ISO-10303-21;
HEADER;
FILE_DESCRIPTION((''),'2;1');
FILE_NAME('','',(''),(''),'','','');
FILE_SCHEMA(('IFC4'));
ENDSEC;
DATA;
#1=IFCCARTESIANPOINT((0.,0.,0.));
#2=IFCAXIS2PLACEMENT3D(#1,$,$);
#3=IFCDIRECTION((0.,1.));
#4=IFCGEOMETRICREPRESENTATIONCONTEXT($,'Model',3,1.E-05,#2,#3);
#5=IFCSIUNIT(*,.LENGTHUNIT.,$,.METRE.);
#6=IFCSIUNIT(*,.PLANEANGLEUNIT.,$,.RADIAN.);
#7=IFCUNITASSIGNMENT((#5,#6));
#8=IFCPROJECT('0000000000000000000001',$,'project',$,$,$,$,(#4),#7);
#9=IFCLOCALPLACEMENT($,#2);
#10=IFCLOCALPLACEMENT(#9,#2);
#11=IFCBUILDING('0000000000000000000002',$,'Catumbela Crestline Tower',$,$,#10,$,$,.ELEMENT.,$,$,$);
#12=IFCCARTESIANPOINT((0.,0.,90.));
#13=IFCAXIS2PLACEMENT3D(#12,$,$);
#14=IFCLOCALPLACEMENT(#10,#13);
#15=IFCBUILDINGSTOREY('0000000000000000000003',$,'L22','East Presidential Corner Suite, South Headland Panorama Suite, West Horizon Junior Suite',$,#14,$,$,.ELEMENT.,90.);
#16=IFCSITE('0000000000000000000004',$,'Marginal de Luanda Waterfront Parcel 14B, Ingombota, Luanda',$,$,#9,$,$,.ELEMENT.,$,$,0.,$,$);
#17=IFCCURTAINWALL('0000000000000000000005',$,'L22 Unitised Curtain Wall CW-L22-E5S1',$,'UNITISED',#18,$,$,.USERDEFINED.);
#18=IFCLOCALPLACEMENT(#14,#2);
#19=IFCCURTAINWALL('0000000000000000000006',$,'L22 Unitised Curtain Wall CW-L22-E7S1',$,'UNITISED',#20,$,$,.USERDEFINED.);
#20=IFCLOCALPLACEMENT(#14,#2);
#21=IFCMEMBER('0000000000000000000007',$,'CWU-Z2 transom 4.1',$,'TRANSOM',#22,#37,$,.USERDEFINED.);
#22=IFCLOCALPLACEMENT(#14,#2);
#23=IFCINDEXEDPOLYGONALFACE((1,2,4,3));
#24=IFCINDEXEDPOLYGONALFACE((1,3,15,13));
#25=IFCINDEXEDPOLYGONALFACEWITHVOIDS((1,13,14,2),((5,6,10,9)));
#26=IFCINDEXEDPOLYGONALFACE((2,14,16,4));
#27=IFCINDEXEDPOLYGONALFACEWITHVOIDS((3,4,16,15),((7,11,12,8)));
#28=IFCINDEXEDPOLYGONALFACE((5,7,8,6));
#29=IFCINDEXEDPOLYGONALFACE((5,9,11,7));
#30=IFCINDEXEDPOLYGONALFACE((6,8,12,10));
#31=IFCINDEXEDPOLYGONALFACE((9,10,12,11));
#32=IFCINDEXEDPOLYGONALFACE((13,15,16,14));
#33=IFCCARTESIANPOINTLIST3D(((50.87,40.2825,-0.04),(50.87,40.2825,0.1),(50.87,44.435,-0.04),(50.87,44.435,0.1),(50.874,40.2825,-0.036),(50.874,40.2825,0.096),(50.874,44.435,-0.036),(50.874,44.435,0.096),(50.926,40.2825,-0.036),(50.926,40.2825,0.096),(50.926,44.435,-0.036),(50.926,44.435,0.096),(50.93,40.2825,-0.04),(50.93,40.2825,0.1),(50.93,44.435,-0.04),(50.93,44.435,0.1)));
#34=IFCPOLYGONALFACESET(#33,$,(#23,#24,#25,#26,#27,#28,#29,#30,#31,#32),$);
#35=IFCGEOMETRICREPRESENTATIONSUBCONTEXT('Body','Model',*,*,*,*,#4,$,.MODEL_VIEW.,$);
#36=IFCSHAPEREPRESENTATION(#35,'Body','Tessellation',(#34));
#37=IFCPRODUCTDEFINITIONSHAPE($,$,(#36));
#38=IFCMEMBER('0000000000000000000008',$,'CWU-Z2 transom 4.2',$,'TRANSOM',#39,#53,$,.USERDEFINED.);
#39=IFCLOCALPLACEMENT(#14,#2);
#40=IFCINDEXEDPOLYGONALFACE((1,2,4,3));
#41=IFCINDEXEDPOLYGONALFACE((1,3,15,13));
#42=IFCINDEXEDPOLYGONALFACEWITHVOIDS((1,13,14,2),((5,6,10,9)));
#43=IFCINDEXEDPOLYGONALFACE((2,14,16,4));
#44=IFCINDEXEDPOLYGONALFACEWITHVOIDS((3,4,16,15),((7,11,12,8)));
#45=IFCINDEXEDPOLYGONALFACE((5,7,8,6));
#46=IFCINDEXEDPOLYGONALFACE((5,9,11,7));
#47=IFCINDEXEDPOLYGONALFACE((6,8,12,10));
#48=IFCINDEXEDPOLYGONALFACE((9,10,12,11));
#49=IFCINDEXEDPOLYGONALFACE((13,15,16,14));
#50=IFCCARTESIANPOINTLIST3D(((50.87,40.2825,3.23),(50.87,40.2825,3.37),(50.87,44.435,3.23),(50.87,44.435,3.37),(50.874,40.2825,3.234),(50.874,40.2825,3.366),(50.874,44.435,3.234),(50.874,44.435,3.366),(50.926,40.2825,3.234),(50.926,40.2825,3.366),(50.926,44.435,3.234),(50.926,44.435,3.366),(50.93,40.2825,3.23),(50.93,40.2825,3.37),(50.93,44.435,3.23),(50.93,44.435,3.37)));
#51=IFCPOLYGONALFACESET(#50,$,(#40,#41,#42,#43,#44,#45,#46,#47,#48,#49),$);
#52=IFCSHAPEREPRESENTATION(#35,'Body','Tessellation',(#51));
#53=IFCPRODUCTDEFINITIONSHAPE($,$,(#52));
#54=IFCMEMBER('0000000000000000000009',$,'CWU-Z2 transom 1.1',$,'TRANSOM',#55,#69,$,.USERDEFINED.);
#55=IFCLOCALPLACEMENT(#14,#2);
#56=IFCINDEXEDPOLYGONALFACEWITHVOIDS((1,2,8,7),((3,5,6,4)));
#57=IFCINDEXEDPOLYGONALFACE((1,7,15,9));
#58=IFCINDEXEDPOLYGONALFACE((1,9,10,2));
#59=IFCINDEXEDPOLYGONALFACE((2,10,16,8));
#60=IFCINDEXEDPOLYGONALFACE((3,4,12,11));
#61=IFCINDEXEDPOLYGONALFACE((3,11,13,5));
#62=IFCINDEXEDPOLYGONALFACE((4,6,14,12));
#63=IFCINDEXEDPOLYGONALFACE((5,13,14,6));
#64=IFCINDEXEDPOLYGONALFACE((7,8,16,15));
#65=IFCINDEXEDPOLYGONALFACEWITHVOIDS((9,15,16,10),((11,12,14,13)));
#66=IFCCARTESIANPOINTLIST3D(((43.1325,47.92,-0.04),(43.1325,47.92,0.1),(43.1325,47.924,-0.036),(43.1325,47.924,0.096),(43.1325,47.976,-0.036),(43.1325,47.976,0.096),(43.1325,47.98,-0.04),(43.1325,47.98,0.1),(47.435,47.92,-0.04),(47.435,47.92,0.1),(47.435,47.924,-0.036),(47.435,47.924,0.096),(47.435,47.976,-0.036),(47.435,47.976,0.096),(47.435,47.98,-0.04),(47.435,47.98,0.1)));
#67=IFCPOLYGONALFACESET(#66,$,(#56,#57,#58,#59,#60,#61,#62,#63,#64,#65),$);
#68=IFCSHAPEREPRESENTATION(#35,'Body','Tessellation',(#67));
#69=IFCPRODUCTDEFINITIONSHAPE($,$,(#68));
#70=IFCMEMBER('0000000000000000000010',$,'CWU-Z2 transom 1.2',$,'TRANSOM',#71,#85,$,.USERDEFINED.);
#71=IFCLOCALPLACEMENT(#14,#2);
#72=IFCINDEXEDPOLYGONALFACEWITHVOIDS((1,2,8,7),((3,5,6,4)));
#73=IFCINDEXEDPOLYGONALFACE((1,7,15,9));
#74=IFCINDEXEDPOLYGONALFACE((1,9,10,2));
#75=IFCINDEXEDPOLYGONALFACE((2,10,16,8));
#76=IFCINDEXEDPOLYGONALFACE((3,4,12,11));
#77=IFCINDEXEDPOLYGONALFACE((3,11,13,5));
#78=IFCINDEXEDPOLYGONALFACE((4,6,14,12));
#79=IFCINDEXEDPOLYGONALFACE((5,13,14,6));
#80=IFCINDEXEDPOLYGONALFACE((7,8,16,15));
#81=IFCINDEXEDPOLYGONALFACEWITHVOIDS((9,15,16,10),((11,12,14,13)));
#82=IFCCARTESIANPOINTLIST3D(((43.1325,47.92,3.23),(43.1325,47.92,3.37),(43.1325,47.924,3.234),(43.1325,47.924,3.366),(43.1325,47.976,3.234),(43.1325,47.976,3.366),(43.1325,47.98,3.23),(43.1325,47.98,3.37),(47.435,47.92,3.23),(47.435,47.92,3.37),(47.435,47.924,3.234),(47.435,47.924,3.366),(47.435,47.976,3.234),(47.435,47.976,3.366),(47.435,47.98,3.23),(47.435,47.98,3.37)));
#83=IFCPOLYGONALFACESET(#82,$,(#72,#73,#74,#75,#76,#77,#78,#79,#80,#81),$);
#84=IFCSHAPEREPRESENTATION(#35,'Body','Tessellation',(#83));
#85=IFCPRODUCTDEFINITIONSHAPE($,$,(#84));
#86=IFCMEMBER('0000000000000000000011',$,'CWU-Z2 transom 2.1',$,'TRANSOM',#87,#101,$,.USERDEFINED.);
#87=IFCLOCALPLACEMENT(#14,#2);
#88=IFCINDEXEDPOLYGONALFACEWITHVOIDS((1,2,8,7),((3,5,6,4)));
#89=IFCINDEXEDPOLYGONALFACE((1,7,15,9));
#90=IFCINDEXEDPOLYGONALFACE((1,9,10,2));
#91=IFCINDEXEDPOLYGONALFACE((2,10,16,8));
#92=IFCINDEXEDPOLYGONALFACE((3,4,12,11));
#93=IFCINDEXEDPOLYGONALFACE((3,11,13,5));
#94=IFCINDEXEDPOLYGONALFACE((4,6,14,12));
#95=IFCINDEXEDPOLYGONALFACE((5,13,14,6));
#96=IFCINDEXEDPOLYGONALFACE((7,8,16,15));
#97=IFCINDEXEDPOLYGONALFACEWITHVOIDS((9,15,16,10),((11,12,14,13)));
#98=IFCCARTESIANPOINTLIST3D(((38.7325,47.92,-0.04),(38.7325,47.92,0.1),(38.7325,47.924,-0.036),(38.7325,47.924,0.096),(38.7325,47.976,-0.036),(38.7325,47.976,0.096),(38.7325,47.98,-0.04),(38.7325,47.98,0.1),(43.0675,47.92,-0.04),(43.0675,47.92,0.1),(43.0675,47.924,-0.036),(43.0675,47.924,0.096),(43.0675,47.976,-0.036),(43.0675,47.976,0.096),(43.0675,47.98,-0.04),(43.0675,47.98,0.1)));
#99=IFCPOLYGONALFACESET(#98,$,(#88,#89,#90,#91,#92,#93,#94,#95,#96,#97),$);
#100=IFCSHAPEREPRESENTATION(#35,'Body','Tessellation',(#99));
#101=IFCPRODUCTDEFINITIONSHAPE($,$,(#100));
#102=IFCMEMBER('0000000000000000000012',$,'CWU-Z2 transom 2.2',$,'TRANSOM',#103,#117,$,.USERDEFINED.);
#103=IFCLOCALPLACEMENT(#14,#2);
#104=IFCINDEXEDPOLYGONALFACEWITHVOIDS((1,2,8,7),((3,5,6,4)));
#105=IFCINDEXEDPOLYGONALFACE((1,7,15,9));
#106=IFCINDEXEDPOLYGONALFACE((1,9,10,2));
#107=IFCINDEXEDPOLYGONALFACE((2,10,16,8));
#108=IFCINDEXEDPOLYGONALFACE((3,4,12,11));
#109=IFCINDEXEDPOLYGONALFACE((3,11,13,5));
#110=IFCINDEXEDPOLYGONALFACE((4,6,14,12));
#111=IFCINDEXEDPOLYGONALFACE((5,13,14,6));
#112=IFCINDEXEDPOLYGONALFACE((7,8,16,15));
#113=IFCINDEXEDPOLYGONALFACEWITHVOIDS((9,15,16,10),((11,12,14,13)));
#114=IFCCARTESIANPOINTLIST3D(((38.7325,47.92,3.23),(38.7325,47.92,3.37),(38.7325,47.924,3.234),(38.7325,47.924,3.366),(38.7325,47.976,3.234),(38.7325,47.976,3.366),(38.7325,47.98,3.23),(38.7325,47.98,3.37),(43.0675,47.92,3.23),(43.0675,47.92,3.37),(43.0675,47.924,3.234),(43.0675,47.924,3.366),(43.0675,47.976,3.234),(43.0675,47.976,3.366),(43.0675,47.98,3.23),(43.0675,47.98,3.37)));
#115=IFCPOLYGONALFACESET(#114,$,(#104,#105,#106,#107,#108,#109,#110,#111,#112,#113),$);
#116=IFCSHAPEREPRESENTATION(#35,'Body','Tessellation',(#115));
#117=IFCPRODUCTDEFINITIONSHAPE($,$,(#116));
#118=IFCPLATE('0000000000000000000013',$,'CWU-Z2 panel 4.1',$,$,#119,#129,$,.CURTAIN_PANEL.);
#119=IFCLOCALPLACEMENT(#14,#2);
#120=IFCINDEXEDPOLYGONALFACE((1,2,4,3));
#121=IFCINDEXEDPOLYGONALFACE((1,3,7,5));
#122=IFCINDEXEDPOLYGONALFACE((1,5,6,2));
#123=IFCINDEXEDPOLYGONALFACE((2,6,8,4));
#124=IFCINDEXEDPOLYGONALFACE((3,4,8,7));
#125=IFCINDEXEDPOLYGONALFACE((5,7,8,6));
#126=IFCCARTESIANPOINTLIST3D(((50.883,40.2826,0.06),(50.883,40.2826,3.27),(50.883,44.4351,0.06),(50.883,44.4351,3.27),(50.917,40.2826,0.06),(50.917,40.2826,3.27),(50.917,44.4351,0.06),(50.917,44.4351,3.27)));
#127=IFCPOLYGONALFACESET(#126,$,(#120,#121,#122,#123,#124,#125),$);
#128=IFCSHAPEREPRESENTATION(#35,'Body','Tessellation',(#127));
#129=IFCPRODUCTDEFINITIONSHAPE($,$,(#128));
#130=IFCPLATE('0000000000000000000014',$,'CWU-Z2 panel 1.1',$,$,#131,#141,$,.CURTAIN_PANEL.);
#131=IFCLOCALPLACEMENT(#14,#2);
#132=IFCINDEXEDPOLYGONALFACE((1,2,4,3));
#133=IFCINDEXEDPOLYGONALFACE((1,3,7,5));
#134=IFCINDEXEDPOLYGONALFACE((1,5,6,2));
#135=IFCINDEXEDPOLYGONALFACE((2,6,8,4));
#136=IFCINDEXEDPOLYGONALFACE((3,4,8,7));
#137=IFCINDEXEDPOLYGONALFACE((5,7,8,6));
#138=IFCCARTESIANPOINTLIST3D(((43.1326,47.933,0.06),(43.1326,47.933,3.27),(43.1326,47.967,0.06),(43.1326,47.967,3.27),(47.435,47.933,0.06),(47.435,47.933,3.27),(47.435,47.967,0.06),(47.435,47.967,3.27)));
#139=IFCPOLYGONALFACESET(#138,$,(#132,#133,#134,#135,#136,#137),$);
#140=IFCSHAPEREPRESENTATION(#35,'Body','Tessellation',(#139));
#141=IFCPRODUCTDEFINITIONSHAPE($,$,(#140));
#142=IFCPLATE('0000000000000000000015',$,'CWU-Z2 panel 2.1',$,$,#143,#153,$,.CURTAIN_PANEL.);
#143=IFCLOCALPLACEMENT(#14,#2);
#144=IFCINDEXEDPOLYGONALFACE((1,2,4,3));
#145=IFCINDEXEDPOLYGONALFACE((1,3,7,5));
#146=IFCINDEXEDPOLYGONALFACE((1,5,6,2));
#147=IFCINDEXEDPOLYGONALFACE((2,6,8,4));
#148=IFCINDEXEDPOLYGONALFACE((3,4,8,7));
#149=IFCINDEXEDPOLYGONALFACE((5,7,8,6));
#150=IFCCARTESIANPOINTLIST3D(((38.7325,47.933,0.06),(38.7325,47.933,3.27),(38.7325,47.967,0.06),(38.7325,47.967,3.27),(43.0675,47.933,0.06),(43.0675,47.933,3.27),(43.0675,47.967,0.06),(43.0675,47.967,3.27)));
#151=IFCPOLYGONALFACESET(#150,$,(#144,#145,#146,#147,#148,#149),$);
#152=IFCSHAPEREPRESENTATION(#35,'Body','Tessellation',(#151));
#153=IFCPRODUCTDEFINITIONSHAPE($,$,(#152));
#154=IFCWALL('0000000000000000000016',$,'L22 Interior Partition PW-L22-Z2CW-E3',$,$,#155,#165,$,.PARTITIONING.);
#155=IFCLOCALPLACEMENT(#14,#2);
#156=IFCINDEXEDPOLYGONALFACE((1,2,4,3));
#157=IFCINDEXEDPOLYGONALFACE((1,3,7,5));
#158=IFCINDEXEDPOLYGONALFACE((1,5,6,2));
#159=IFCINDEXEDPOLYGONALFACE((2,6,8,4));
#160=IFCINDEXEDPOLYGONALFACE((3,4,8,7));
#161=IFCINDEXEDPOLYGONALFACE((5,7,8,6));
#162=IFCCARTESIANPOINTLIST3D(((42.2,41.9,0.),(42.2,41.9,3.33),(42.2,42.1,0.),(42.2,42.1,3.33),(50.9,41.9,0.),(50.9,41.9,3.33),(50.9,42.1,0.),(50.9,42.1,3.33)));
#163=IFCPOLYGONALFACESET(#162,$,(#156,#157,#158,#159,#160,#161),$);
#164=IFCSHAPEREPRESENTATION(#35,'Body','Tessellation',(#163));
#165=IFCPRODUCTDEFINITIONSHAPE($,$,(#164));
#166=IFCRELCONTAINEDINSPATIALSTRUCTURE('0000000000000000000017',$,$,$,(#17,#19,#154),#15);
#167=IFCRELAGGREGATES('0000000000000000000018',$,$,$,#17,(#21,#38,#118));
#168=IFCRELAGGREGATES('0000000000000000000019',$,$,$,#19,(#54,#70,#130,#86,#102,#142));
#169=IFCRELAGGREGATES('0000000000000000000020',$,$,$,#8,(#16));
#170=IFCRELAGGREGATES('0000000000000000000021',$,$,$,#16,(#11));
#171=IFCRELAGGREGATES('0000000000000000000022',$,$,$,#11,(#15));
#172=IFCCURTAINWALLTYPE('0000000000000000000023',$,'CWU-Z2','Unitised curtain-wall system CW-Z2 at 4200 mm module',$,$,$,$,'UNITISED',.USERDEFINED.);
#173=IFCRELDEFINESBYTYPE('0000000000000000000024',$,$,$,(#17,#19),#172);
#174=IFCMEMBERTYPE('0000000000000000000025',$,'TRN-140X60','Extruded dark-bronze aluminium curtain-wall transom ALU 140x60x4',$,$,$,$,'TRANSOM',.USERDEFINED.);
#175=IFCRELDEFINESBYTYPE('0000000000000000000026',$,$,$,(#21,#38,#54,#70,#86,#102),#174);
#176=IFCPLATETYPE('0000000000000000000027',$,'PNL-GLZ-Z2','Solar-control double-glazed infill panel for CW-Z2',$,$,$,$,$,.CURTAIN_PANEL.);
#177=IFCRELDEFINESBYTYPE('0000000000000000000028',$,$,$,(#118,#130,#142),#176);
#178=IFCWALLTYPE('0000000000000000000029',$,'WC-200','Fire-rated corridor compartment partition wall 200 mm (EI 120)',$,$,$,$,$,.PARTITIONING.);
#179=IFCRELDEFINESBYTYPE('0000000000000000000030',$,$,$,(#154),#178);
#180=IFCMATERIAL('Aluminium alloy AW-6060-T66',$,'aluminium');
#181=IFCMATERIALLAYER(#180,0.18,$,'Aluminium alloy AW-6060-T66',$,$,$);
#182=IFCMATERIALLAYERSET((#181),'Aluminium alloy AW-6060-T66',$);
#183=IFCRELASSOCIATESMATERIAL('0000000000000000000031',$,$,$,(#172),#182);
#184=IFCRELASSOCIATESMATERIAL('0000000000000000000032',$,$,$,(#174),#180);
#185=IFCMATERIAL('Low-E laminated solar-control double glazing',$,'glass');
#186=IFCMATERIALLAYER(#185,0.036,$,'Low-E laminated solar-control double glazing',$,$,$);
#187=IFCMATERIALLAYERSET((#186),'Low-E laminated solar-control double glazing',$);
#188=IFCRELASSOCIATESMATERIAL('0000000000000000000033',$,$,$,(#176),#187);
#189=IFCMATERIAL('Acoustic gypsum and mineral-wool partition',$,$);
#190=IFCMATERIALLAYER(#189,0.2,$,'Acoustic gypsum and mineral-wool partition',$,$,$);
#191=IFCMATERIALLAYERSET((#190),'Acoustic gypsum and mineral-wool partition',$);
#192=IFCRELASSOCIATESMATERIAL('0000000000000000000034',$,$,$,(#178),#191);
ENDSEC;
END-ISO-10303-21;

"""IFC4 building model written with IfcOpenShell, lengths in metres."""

from ifc_helpers import new_model, si_unit, direction, frame, frame_2d, origin, origin_2d, place, context, subcontext, project, spatial, rectangle, hollow_rectangle, extrude, material, layer, layer_set, material_profile, profile_set, type_object, element, aggregate, save


model = new_model("IFC4")

# Units and contexts
model_context = context("Model", 3, precision=1e-05, world=origin(), true_north=direction((0.0, 1.0)))
body_context = subcontext(model_context, "Body", "Model", "MODEL_VIEW")
ifc_project = project(units=[si_unit("LENGTHUNIT", "METRE"), si_unit("PLANEANGLEUNIT", "RADIAN")], contexts=[model_context])

# Site, building, storey
site_placement = place(None, origin())
site = spatial("IfcSite", under=ifc_project, at=site_placement, Name="Marginal de Luanda Waterfront Parcel 14B, Ingombota, Luanda", CompositionType="ELEMENT", RefElevation=0.0)
building_placement = place(site_placement, origin())
building = spatial("IfcBuilding", under=site, at=building_placement, Name="Catumbela Crestline Tower", CompositionType="ELEMENT")
storey_placement = place(building_placement, frame((0.0, 0.0, 90.0)))
storey = spatial("IfcBuildingStorey", under=building, at=storey_placement, Name="L22", Description="East Presidential Corner Suite, South Headland Panorama Suite, West Horizon Junior Suite", CompositionType="ELEMENT", Elevation=90.0)

# Curtain walls
ifc_material_1 = material(Name="Aluminium alloy AW-6060-T66", Category="aluminium")
ifc_layer_1 = layer(ifc_material_1, 0.18, Name="Aluminium alloy AW-6060-T66")
ifc_layer_set_1 = layer_set([ifc_layer_1], Name="Aluminium alloy AW-6060-T66")
curtain_wall_type = type_object("IfcCurtainWallType", Name="CWU-Z2", Description="Unitised curtain-wall system CW-Z2 at 4200 mm module", ElementType="UNITISED", PredefinedType="USERDEFINED", material=ifc_layer_set_1)
curtain_wall_1_placement = place(storey_placement, origin())
curtain_wall_1 = element("IfcCurtainWall", 1, at=curtain_wall_1_placement, inside=storey, type_object=curtain_wall_type, Name="L22 Unitised Curtain Wall CW-L22-E5S1", ObjectType="UNITISED", PredefinedType="USERDEFINED")
curtain_wall_2_placement = place(storey_placement, origin())
curtain_wall_2 = element("IfcCurtainWall", 2, at=curtain_wall_2_placement, inside=storey, type_object=curtain_wall_type, Name="L22 Unitised Curtain Wall CW-L22-E7S1", ObjectType="UNITISED", PredefinedType="USERDEFINED")

# Members
ifc_material_profile_1 = material_profile(ifc_material_1, hollow_rectangle(XDim=0.06, YDim=0.14, WallThickness=0.004, at=origin_2d()), Name="ALU 140x60x4")
ifc_profile_set_1 = profile_set([ifc_material_profile_1], Name="Aluminium alloy AW-6060-T66")
member_type_1 = type_object("IfcMemberType", Name="TRN-140X60", Description="Extruded dark-bronze aluminium curtain-wall transom ALU 140x60x4", ElementType="TRANSOM", PredefinedType="USERDEFINED", material=ifc_profile_set_1)
member_1_placement = place(storey_placement, frame((50.9, 40.2825, 0.03), z_axis=(0.0, 1.0, 0.0), x_axis=(-1.0, 0.0, 0.0)))
member_1 = element("IfcMember", 3, at=member_1_placement, type_object=member_type_1, Name="CWU-Z2 transom 4.1", ObjectType="TRANSOM", PredefinedType="USERDEFINED", context=body_context, shape_type="SweptSolid", body=[
    extrude(hollow_rectangle(XDim=0.06, YDim=0.14, WallThickness=0.004, at=origin_2d()), origin(), (0.0, 0.0, 1.0), 4.1525),
])
member_2_placement = place(storey_placement, frame((50.9, 40.2825, 3.3), z_axis=(0.0, 1.0, 0.0), x_axis=(-1.0, 0.0, 0.0)))
member_2 = element("IfcMember", 4, at=member_2_placement, type_object=member_type_1, Name="CWU-Z2 transom 4.2", ObjectType="TRANSOM", PredefinedType="USERDEFINED", context=body_context, shape_type="SweptSolid", body=[
    extrude(hollow_rectangle(XDim=0.06, YDim=0.14, WallThickness=0.004, at=origin_2d()), origin(), (0.0, 0.0, 1.0), 4.1525),
])
member_3_placement = place(storey_placement, frame((47.435, 47.95, 0.03), z_axis=(-1.0, 0.0, 0.0), x_axis=(0.0, -1.0, 0.0)))
member_3 = element("IfcMember", 5, at=member_3_placement, type_object=member_type_1, Name="CWU-Z2 transom 1.1", ObjectType="TRANSOM", PredefinedType="USERDEFINED", context=body_context, shape_type="SweptSolid", body=[
    extrude(hollow_rectangle(XDim=0.06, YDim=0.14, WallThickness=0.004, at=origin_2d()), origin(), (0.0, 0.0, 1.0), 4.3025),
])
member_4_placement = place(storey_placement, frame((47.435, 47.95, 3.3), z_axis=(-1.0, 0.0, 0.0), x_axis=(0.0, -1.0, 0.0)))
member_4 = element("IfcMember", 6, at=member_4_placement, type_object=member_type_1, Name="CWU-Z2 transom 1.2", ObjectType="TRANSOM", PredefinedType="USERDEFINED", context=body_context, shape_type="SweptSolid", body=[
    extrude(hollow_rectangle(XDim=0.06, YDim=0.14, WallThickness=0.004, at=origin_2d()), origin(), (0.0, 0.0, 1.0), 4.3025),
])
member_5_placement = place(storey_placement, frame((43.0675, 47.95, 0.03), z_axis=(-1.0, 0.0, 0.0), x_axis=(0.0, -1.0, 0.0)))
member_5 = element("IfcMember", 7, at=member_5_placement, type_object=member_type_1, Name="CWU-Z2 transom 2.1", ObjectType="TRANSOM", PredefinedType="USERDEFINED", context=body_context, shape_type="SweptSolid", body=[
    extrude(hollow_rectangle(XDim=0.06, YDim=0.14, WallThickness=0.004, at=origin_2d()), origin(), (0.0, 0.0, 1.0), 4.335),
])
member_6_placement = place(storey_placement, frame((43.0675, 47.95, 3.3), z_axis=(-1.0, 0.0, 0.0), x_axis=(0.0, -1.0, 0.0)))
member_6 = element("IfcMember", 8, at=member_6_placement, type_object=member_type_1, Name="CWU-Z2 transom 2.2", ObjectType="TRANSOM", PredefinedType="USERDEFINED", context=body_context, shape_type="SweptSolid", body=[
    extrude(hollow_rectangle(XDim=0.06, YDim=0.14, WallThickness=0.004, at=origin_2d()), origin(), (0.0, 0.0, 1.0), 4.335),
])

# Plates
ifc_material_2 = material(Name="Low-E laminated solar-control double glazing", Category="glass")
ifc_layer_2 = layer(ifc_material_2, 0.036, Name="Low-E laminated solar-control double glazing")
ifc_layer_set_2 = layer_set([ifc_layer_2], Name="Low-E laminated solar-control double glazing")
plate_type = type_object("IfcPlateType", Name="PNL-GLZ-Z2", Description="Solar-control double-glazed infill panel for CW-Z2", PredefinedType="CURTAIN_PANEL", material=ifc_layer_set_2)
plate_1_placement = place(storey_placement, frame((50.9, 42.3588, 0.06), z_axis=(0.0, 0.0, 1.0), x_axis=(0.0, 1.0, 0.0)))
plate_1 = element("IfcPlate", 9, at=plate_1_placement, type_object=plate_type, Name="CWU-Z2 panel 4.1", PredefinedType="CURTAIN_PANEL", context=body_context, shape_type="SweptSolid", body=[
    extrude(rectangle(XDim=4.1525, YDim=0.034, at=origin_2d()), origin(), (0.0, 0.0, 1.0), 3.21),
])
aggregate(curtain_wall_1, [member_1, member_2, plate_1])
plate_2_placement = place(storey_placement, frame((45.2838, 47.95, 0.06), z_axis=(0.0, 0.0, 1.0), x_axis=(-1.0, 0.0, 0.0)))
plate_2 = element("IfcPlate", 10, at=plate_2_placement, type_object=plate_type, Name="CWU-Z2 panel 1.1", PredefinedType="CURTAIN_PANEL", context=body_context, shape_type="SweptSolid", body=[
    extrude(rectangle(XDim=4.3025, YDim=0.034, at=origin_2d()), origin(), (0.0, 0.0, 1.0), 3.21),
])
plate_3_placement = place(storey_placement, frame((40.9, 47.95, 0.06), z_axis=(0.0, 0.0, 1.0), x_axis=(-1.0, 0.0, 0.0)))
plate_3 = element("IfcPlate", 11, at=plate_3_placement, type_object=plate_type, Name="CWU-Z2 panel 2.1", PredefinedType="CURTAIN_PANEL", context=body_context, shape_type="SweptSolid", body=[
    extrude(rectangle(XDim=4.335, YDim=0.034, at=origin_2d()), origin(), (0.0, 0.0, 1.0), 3.21),
])
aggregate(curtain_wall_2, [member_3, member_4, plate_2, member_5, member_6, plate_3])

# Wall
ifc_material_3 = material(Name="Acoustic gypsum and mineral-wool partition")
ifc_layer_3 = layer(ifc_material_3, 0.2, Name="Acoustic gypsum and mineral-wool partition")
ifc_layer_set_3 = layer_set([ifc_layer_3], Name="Acoustic gypsum and mineral-wool partition")
wall_type_1 = type_object("IfcWallType", Name="WC-200", Description="Fire-rated corridor compartment partition wall 200 mm (EI 120)", PredefinedType="PARTITIONING", material=ifc_layer_set_3)
wall_1_placement = place(storey_placement, frame((42.2, 42.0, 0.0), z_axis=(0.0, 0.0, 1.0), x_axis=(1.0, 0.0, 0.0)))
element("IfcWall", 12, at=wall_1_placement, inside=storey, type_object=wall_type_1, Name="L22 Interior Partition PW-L22-Z2CW-E3", PredefinedType="PARTITIONING", context=body_context, shape_type="SweptSolid", body=[
    extrude(rectangle(XDim=8.7, YDim=0.2, at=frame_2d((4.35, 0.0))), origin(), (0.0, 0.0, 1.0), 3.33),
])

save(model, "model.ifc")
